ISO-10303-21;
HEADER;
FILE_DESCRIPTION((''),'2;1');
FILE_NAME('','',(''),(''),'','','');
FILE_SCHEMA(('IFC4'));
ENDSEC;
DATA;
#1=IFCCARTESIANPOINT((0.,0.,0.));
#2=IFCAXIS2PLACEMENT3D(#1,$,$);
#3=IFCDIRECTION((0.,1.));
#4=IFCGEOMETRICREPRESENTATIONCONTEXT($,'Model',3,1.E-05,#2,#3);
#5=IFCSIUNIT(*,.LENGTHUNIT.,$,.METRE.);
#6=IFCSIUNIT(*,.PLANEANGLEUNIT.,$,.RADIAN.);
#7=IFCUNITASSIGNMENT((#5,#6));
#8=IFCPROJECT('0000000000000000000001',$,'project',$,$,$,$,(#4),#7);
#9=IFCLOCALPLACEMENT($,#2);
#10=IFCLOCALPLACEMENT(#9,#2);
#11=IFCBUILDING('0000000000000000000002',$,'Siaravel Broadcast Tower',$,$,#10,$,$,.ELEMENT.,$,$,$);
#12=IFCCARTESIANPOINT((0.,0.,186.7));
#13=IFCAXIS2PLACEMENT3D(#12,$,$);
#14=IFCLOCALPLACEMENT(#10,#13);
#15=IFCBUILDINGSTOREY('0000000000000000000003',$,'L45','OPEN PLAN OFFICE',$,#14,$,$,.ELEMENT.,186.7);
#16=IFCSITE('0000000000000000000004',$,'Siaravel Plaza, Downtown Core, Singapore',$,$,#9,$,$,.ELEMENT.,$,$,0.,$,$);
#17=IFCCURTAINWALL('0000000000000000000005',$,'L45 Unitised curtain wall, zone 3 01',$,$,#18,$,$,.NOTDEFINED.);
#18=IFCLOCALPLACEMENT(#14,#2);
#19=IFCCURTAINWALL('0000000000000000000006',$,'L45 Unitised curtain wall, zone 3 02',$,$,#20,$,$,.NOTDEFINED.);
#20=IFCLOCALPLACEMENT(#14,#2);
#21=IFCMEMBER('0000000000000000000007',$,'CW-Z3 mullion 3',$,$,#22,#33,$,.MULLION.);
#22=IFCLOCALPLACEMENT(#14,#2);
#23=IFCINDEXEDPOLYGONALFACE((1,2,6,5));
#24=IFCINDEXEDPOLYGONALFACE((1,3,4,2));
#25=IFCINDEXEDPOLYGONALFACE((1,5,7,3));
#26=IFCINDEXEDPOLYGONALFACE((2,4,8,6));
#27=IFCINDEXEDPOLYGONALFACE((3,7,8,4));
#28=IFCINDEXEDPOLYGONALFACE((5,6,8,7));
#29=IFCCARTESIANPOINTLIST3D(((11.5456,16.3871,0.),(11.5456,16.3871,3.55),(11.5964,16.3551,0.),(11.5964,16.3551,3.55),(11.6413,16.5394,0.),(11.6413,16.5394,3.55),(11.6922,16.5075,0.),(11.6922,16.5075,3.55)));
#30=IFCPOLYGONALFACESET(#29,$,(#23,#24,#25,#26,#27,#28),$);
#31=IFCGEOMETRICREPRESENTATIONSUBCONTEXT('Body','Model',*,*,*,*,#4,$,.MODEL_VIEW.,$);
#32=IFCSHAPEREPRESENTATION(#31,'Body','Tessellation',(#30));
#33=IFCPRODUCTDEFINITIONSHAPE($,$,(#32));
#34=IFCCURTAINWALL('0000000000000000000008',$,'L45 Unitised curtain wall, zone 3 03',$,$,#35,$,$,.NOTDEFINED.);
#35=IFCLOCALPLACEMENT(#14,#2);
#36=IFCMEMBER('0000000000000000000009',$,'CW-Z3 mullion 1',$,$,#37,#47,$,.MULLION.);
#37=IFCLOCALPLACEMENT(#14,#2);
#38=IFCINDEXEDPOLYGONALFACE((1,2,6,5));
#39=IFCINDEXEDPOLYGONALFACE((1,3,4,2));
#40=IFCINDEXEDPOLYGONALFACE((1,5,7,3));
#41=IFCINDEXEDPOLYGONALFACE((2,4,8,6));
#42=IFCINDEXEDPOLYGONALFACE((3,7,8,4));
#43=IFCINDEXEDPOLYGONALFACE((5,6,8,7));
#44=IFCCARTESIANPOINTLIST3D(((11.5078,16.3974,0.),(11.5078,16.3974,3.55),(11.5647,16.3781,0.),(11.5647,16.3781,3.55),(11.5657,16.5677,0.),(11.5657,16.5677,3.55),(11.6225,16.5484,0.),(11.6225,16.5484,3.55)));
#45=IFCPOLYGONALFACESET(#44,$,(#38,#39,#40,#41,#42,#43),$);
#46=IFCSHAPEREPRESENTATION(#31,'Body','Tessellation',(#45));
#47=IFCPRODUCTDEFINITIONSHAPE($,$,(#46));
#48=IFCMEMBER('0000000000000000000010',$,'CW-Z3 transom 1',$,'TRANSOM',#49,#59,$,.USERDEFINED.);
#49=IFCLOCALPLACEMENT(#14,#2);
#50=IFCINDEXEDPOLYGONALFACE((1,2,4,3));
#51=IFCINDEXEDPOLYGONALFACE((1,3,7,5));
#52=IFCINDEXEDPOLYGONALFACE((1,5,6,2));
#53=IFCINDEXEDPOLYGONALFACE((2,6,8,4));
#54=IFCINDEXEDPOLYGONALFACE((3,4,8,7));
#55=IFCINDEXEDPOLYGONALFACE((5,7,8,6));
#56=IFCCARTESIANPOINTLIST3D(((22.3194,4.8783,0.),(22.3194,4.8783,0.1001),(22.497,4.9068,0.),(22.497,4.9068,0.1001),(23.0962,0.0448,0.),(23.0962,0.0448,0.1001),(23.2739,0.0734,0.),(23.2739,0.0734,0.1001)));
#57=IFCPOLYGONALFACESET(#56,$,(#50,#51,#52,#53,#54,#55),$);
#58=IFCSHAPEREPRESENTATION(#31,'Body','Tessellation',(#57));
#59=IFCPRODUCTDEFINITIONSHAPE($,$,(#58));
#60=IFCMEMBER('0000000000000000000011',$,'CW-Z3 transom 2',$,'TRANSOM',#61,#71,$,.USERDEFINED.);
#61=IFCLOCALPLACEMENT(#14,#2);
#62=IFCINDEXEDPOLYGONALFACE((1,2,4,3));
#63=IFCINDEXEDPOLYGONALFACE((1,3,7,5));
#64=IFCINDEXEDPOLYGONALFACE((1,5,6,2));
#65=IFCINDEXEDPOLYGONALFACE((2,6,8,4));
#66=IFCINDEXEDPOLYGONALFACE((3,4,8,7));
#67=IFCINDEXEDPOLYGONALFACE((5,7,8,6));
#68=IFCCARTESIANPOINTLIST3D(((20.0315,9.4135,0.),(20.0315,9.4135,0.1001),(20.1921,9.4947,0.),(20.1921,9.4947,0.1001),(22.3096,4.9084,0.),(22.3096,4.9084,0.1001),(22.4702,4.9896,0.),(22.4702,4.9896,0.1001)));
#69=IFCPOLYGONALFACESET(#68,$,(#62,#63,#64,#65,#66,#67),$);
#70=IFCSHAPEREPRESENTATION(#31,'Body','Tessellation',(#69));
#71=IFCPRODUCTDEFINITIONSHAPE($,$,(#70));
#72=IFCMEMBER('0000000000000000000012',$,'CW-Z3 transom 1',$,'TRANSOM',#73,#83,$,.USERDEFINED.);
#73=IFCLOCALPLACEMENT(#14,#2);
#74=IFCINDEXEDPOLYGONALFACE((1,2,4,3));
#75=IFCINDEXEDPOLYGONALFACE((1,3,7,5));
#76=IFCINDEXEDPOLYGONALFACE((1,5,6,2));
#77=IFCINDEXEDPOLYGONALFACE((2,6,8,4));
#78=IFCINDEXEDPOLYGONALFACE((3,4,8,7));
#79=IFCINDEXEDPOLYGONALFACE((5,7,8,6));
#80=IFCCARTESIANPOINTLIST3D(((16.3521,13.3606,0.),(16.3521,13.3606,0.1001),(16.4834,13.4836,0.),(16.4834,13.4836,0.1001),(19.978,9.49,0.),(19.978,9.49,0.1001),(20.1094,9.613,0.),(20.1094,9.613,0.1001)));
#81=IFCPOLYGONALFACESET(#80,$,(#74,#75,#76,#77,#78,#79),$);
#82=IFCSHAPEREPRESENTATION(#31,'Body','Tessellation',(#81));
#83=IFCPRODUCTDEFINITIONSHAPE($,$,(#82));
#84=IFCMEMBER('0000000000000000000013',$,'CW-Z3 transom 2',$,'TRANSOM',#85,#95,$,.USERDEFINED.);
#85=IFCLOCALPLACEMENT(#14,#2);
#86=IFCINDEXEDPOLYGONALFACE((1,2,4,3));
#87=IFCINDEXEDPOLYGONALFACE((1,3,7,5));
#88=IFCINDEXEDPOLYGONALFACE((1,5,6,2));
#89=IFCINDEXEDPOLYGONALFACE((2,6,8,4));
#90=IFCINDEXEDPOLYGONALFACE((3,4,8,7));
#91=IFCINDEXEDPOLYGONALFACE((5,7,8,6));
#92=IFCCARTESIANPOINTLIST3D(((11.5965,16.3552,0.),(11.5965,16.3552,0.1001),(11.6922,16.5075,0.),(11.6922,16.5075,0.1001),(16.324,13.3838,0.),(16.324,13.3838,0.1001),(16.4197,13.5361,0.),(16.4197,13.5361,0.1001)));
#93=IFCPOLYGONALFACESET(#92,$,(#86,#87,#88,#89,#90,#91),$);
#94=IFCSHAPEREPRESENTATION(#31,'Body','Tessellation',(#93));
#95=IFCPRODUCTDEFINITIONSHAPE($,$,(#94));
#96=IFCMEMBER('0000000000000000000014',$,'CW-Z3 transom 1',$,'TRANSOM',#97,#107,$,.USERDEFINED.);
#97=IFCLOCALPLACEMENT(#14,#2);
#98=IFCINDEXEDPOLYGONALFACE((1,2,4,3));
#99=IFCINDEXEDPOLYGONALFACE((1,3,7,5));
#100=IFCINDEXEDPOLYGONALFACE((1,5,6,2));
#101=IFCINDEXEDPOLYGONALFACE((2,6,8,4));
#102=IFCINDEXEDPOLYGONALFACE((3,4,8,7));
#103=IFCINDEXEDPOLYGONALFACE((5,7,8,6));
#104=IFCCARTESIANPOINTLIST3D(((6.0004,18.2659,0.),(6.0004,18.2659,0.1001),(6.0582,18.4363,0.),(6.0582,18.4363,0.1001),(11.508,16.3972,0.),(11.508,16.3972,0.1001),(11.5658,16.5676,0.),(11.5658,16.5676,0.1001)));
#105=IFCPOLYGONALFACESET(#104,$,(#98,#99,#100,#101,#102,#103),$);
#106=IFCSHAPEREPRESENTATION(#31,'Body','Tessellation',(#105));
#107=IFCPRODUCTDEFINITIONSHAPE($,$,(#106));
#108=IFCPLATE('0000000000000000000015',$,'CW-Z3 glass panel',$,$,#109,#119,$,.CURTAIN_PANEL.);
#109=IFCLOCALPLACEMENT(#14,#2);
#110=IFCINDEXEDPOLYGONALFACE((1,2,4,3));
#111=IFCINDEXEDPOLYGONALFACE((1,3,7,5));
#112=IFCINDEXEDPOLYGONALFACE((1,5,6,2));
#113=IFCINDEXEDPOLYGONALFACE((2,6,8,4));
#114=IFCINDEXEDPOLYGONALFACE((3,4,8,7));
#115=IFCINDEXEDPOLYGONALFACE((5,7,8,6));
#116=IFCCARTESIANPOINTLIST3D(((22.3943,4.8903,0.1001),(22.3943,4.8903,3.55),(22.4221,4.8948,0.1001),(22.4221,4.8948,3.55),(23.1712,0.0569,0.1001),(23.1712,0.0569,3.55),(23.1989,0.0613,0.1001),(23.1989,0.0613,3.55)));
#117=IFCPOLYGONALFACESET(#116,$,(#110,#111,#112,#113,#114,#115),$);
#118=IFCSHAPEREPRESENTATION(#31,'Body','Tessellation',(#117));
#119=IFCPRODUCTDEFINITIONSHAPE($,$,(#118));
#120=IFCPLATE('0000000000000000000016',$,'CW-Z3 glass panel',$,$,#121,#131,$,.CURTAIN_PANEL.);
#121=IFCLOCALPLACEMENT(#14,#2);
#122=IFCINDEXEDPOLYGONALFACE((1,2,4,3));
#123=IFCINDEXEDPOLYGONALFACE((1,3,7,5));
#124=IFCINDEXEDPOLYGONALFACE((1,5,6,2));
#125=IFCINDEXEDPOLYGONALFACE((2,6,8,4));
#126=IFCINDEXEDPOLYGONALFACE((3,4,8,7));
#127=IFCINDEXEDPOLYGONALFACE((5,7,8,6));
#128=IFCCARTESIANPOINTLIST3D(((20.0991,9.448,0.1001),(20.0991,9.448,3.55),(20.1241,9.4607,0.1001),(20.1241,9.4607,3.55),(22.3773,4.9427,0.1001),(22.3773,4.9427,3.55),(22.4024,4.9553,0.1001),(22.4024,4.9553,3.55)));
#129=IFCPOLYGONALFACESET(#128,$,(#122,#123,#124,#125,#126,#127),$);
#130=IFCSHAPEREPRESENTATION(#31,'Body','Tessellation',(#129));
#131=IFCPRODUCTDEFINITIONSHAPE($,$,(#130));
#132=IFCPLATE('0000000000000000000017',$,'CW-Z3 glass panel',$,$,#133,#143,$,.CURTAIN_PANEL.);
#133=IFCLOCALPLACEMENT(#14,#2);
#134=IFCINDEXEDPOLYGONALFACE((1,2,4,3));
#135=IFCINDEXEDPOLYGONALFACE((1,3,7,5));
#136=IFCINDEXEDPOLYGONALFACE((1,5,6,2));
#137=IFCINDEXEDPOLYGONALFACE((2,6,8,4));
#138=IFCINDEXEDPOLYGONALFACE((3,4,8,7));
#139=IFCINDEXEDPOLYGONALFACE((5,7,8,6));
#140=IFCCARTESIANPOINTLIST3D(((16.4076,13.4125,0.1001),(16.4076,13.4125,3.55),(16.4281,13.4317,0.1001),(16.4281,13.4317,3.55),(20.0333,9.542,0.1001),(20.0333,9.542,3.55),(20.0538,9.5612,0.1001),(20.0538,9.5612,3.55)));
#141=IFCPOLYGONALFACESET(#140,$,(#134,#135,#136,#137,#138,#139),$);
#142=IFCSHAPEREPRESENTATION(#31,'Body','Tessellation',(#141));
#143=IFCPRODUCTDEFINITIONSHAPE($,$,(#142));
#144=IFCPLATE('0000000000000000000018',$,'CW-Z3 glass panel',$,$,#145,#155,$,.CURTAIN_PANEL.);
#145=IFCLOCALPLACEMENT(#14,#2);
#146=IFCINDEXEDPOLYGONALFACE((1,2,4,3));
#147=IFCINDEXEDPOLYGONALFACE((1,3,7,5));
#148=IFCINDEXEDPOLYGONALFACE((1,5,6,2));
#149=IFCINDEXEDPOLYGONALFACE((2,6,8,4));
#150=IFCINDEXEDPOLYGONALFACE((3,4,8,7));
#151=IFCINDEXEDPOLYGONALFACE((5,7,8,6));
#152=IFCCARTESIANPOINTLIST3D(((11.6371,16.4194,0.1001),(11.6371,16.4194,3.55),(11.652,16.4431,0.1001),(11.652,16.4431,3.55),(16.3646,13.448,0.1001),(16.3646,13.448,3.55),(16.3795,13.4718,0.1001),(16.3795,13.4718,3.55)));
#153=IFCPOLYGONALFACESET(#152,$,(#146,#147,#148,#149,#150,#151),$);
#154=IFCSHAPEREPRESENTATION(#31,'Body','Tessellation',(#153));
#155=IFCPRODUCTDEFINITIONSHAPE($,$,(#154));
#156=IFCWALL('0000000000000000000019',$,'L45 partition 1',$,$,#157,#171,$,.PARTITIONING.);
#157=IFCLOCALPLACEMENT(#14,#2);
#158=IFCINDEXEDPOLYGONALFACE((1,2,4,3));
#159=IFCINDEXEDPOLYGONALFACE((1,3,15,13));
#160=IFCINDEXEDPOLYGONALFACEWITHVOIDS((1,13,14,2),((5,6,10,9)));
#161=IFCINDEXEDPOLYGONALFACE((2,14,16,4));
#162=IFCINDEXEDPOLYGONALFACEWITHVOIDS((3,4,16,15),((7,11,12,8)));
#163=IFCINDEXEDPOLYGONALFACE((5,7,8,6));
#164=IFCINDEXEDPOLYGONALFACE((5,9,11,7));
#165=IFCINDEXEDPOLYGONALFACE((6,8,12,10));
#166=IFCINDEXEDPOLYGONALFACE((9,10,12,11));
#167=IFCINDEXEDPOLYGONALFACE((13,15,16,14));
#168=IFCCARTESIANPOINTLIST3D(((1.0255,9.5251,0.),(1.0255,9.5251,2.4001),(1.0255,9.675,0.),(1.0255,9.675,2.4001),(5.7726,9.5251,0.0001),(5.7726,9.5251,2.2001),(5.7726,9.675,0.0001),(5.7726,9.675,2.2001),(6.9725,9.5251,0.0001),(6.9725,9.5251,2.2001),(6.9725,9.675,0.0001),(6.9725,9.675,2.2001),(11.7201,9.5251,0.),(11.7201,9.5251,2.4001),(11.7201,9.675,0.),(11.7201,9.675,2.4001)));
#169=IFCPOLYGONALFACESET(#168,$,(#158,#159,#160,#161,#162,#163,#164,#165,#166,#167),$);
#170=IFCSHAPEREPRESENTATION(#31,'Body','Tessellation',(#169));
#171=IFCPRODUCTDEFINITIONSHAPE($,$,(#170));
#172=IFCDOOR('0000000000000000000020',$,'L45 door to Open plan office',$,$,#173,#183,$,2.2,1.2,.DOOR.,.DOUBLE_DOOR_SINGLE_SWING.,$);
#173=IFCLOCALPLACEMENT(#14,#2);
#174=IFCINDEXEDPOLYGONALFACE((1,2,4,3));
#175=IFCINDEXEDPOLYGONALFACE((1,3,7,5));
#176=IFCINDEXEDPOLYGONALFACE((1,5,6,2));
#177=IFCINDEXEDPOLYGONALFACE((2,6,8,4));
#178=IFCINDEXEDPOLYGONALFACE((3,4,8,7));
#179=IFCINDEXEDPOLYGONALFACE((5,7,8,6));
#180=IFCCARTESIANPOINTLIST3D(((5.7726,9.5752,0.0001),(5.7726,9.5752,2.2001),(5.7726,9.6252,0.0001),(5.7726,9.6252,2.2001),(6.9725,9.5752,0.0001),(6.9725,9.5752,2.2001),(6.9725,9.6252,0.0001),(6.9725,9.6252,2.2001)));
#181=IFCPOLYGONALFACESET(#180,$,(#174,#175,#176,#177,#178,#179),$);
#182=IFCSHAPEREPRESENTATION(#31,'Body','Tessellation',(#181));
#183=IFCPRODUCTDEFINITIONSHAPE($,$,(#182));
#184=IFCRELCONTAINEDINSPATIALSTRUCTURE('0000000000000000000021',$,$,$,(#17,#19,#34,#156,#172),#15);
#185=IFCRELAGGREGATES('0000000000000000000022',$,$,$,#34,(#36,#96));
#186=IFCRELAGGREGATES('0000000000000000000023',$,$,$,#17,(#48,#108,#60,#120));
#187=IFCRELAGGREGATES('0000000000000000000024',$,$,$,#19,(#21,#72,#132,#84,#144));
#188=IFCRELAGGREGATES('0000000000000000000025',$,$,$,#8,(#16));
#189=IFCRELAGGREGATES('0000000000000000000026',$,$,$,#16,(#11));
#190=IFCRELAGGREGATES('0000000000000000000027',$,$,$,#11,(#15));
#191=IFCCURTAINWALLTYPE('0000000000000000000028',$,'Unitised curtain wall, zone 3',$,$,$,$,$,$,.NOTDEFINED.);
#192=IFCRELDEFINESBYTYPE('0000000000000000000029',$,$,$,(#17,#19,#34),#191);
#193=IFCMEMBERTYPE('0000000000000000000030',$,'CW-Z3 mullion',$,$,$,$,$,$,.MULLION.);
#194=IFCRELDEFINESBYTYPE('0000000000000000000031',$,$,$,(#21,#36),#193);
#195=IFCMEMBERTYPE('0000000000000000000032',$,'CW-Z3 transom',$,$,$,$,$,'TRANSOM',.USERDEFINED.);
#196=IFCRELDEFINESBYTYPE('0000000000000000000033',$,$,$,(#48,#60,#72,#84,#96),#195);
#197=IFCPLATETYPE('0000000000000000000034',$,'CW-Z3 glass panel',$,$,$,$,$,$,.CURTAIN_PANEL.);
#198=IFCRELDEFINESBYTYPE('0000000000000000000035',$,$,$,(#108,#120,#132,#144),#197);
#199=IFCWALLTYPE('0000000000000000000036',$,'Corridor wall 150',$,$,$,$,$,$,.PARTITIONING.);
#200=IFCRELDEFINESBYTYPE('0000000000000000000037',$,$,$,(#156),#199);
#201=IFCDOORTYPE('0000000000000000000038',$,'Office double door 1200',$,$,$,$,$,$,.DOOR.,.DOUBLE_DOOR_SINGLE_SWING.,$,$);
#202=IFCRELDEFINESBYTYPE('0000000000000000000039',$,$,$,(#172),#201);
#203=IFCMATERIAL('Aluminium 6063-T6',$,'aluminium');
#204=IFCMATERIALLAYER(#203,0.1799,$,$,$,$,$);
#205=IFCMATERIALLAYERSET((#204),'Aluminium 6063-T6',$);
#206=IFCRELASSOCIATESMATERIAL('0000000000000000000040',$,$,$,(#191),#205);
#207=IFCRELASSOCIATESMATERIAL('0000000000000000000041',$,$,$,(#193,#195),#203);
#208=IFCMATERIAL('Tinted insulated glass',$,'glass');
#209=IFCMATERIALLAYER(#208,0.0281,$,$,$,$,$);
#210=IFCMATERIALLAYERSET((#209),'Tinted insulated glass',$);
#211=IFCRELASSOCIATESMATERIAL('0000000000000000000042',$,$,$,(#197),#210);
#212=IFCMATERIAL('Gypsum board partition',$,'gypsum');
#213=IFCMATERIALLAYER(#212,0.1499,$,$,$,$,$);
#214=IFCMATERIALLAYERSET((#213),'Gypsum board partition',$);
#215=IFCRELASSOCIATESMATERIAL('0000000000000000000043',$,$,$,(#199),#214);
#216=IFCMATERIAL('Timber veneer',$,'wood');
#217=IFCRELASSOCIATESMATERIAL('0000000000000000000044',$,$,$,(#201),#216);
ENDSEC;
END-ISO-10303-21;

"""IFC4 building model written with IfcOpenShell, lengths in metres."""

from ifc_helpers import new_model, si_unit, direction, frame, frame_2d, origin, origin_2d, place, context, subcontext, project, spatial, rectangle, extrude, material, layer, layer_set, material_profile, profile_set, type_object, element, fill, aggregate, save


model = new_model("IFC4")

# Units and contexts
model_context = context("Model", 3, precision=1e-05, world=origin(), true_north=direction((0.0, 1.0)))
body_context = subcontext(model_context, "Body", "Model", "MODEL_VIEW")
ifc_project = project(units=[si_unit("LENGTHUNIT", "METRE"), si_unit("PLANEANGLEUNIT", "RADIAN")], contexts=[model_context])

# Site, building, storey
site_placement = place(None, origin())
site = spatial("IfcSite", under=ifc_project, at=site_placement, Name="Siaravel Plaza, Downtown Core, Singapore", CompositionType="ELEMENT", RefElevation=0.0)
building_placement = place(site_placement, origin())
building = spatial("IfcBuilding", under=site, at=building_placement, Name="Siaravel Broadcast Tower", CompositionType="ELEMENT")
storey_placement = place(building_placement, frame((0.0, 0.0, 186.7)))
storey = spatial("IfcBuildingStorey", under=building, at=storey_placement, Name="L45", Description="OPEN PLAN OFFICE", CompositionType="ELEMENT", Elevation=186.7)

# Curtain walls, member
ifc_material_1 = material(Name="Aluminium 6063-T6", Category="aluminium")
ifc_layer_1 = layer(ifc_material_1, 0.1799)
ifc_layer_set_1 = layer_set([ifc_layer_1], Name="Aluminium 6063-T6")
curtain_wall_type = type_object("IfcCurtainWallType", Name="Unitised curtain wall, zone 3", PredefinedType="NOTDEFINED", material=ifc_layer_set_1)
curtain_wall_1_placement = place(storey_placement, origin())
curtain_wall_1 = element("IfcCurtainWall", 1, at=curtain_wall_1_placement, inside=storey, type_object=curtain_wall_type, Name="L45 Unitised curtain wall, zone 3 01", PredefinedType="NOTDEFINED")
ifc_material_profile_1 = material_profile(ifc_material_1, rectangle(XDim=0.1799, YDim=0.0601, at=origin_2d()))
ifc_profile_set_1 = profile_set([ifc_material_profile_1], Name="Aluminium 6063-T6")
member_type_1 = type_object("IfcMemberType", Name="CW-Z3 mullion", PredefinedType="MULLION", material=ifc_profile_set_1)
curtain_wall_2_placement = place(storey_placement, origin())
curtain_wall_2 = element("IfcCurtainWall", 2, at=curtain_wall_2_placement, inside=storey, type_object=curtain_wall_type, Name="L45 Unitised curtain wall, zone 3 02", PredefinedType="NOTDEFINED")
member_1_placement = place(storey_placement, frame((11.6189, 16.4473, 0.0), z_axis=(0.0, 0.0, 1.0), x_axis=(-0.532149, -0.846651, 0.0)))
member_1 = element("IfcMember", 3, at=member_1_placement, type_object=member_type_1, Name="CW-Z3 mullion 3", PredefinedType="MULLION", context=body_context, shape_type="SweptSolid", body=[
    extrude(rectangle(XDim=0.1799, YDim=0.0601, at=origin_2d()), origin(), (0.0, 0.0, 1.0), 3.55),
])

# Curtain wall, member
curtain_wall_3_placement = place(storey_placement, origin())
curtain_wall_3 = element("IfcCurtainWall", 4, at=curtain_wall_3_placement, inside=storey, type_object=curtain_wall_type, Name="L45 Unitised curtain wall, zone 3 03", PredefinedType="NOTDEFINED")
member_2_placement = place(storey_placement, frame((11.5652, 16.4729, 0.0), z_axis=(0.0, 0.0, 1.0), x_axis=(-0.3213, -0.946977, 0.0)))
member_2 = element("IfcMember", 5, at=member_2_placement, type_object=member_type_1, Name="CW-Z3 mullion 1", PredefinedType="MULLION", context=body_context, shape_type="SweptSolid", body=[
    extrude(rectangle(XDim=0.1799, YDim=0.0601, at=origin_2d()), origin(), (0.0, 0.0, 1.0), 3.55),
])

# Members
ifc_material_profile_2 = material_profile(ifc_material_1, rectangle(XDim=0.1799, YDim=0.1001, at=origin_2d()))
ifc_profile_set_2 = profile_set([ifc_material_profile_2], Name="Aluminium 6063-T6")
member_type_2 = type_object("IfcMemberType", Name="CW-Z3 transom", ElementType="TRANSOM", PredefinedType="USERDEFINED", material=ifc_profile_set_2)
member_3_placement = place(storey_placement, frame((23.1851, 0.0591, 0.05), z_axis=(-0.158687, 0.987329, 0.0), x_axis=(-0.987329, -0.158687, 0.0)))
member_3 = element("IfcMember", 6, at=member_3_placement, type_object=member_type_2, Name="CW-Z3 transom 1", ObjectType="TRANSOM", PredefinedType="USERDEFINED", context=body_context, shape_type="SweptSolid", body=[
    extrude(rectangle(XDim=0.1799, YDim=0.1001, at=origin_2d()), origin(), (0.0, 0.0, 1.0), 4.8955),
])
member_4_placement = place(storey_placement, frame((22.3899, 4.949, 0.05), z_axis=(-0.451252, 0.892397, 0.0), x_axis=(-0.892397, -0.451252, 0.0)))
member_4 = element("IfcMember", 7, at=member_4_placement, type_object=member_type_2, Name="CW-Z3 transom 2", ObjectType="TRANSOM", PredefinedType="USERDEFINED", context=body_context, shape_type="SweptSolid", body=[
    extrude(rectangle(XDim=0.1799, YDim=0.1001, at=origin_2d()), origin(), (0.0, 0.0, 1.0), 5.0483),
])
member_5_placement = place(storey_placement, frame((20.0437, 9.5515, 0.05), z_axis=(-0.683669, 0.729793, 0.0), x_axis=(-0.729793, -0.683669, 0.0)))
member_5 = element("IfcMember", 8, at=member_5_placement, type_object=member_type_2, Name="CW-Z3 transom 1", ObjectType="TRANSOM", PredefinedType="USERDEFINED", context=body_context, shape_type="SweptSolid", body=[
    extrude(rectangle(XDim=0.1799, YDim=0.1001, at=origin_2d()), origin(), (0.0, 0.0, 1.0), 5.3037),
])
member_6_placement = place(storey_placement, frame((16.3718, 13.46, 0.05), z_axis=(-0.846649, 0.532151, 0.0), x_axis=(-0.532151, -0.846649, 0.0)))
member_6 = element("IfcMember", 9, at=member_6_placement, type_object=member_type_2, Name="CW-Z3 transom 2", ObjectType="TRANSOM", PredefinedType="USERDEFINED", context=body_context, shape_type="SweptSolid", body=[
    extrude(rectangle(XDim=0.1799, YDim=0.1001, at=origin_2d()), origin(), (0.0, 0.0, 1.0), 5.5837),
])
member_7_placement = place(storey_placement, frame((11.5369, 16.4824, 0.05), z_axis=(-0.946978, 0.321298, 0.0), x_axis=(-0.321298, -0.946978, 0.0)))
member_7 = element("IfcMember", 10, at=member_7_placement, type_object=member_type_2, Name="CW-Z3 transom 1", ObjectType="TRANSOM", PredefinedType="USERDEFINED", context=body_context, shape_type="SweptSolid", body=[
    extrude(rectangle(XDim=0.1799, YDim=0.1001, at=origin_2d()), origin(), (0.0, 0.0, 1.0), 5.8159),
])
aggregate(curtain_wall_3, [member_2, member_7])

# Plates
ifc_material_2 = material(Name="Tinted insulated glass", Category="glass")
ifc_layer_2 = layer(ifc_material_2, 0.0281)
ifc_layer_set_2 = layer_set([ifc_layer_2], Name="Tinted insulated glass")
plate_type = type_object("IfcPlateType", Name="CW-Z3 glass panel", PredefinedType="CURTAIN_PANEL", material=ifc_layer_set_2)
plate_1_placement = place(storey_placement, frame((22.7966, 2.4758, 0.1001), z_axis=(0.0, 0.0, 1.0), x_axis=(-0.158686, 0.987329, 0.0)))
plate_1 = element("IfcPlate", 11, at=plate_1_placement, type_object=plate_type, Name="CW-Z3 glass panel", PredefinedType="CURTAIN_PANEL", context=body_context, shape_type="SweptSolid", body=[
    extrude(rectangle(XDim=4.8955, YDim=0.0281, at=origin_2d()), origin(), (0.0, 0.0, 1.0), 3.45),
])
plate_2_placement = place(storey_placement, frame((21.2507, 7.2017, 0.1001), z_axis=(0.0, 0.0, 1.0), x_axis=(-0.451261, 0.892392, 0.0)))
plate_2 = element("IfcPlate", 12, at=plate_2_placement, type_object=plate_type, Name="CW-Z3 glass panel", PredefinedType="CURTAIN_PANEL", context=body_context, shape_type="SweptSolid", body=[
    extrude(rectangle(XDim=5.0486, YDim=0.0281, at=origin_2d()), origin(), (0.0, 0.0, 1.0), 3.45),
])
aggregate(curtain_wall_1, [member_3, plate_1, member_4, plate_2])
plate_3_placement = place(storey_placement, frame((18.2307, 11.4868, 0.1001), z_axis=(0.0, 0.0, 1.0), x_axis=(-0.683655, 0.729805, 0.0)))
plate_3 = element("IfcPlate", 13, at=plate_3_placement, type_object=plate_type, Name="CW-Z3 glass panel", PredefinedType="CURTAIN_PANEL", context=body_context, shape_type="SweptSolid", body=[
    extrude(rectangle(XDim=5.3035, YDim=0.0281, at=origin_2d()), origin(), (0.0, 0.0, 1.0), 3.45),
])
plate_4_placement = place(storey_placement, frame((14.0083, 14.9456, 0.1001), z_axis=(0.0, 0.0, 1.0), x_axis=(-0.846651, 0.532149, 0.0)))
plate_4 = element("IfcPlate", 14, at=plate_4_placement, type_object=plate_type, Name="CW-Z3 glass panel", PredefinedType="CURTAIN_PANEL", context=body_context, shape_type="SweptSolid", body=[
    extrude(rectangle(XDim=5.5837, YDim=0.0281, at=origin_2d()), origin(), (0.0, 0.0, 1.0), 3.45),
])
aggregate(curtain_wall_2, [member_1, member_5, plate_3, member_6, plate_4])

# Wall, opening, door
ifc_material_3 = material(Name="Gypsum board partition", Category="gypsum")
ifc_layer_3 = layer(ifc_material_3, 0.1499)
ifc_layer_set_3 = layer_set([ifc_layer_3], Name="Gypsum board partition")
wall_type_1 = type_object("IfcWallType", Name="Corridor wall 150", PredefinedType="PARTITIONING", material=ifc_layer_set_3)
wall_1_placement = place(storey_placement, frame((11.72, 9.6001, 0.0), z_axis=(0.0, 0.0, 1.0), x_axis=(-1.0, 0.0, 0.0)))
wall_1 = element("IfcWall", 15, at=wall_1_placement, inside=storey, type_object=wall_type_1, Name="L45 partition 1", PredefinedType="PARTITIONING", context=body_context, shape_type="SweptSolid", body=[
    extrude(rectangle(XDim=10.6946, YDim=0.1499, at=frame_2d((5.3472, 0.0))), origin(), (0.0, 0.0, 1.0), 2.4001),
])
opening_1_placement = place(wall_1_placement, frame((4.7473, 0.0, 0.0)))
opening_1 = element("IfcOpeningElement", 16, at=opening_1_placement, cuts=wall_1, PredefinedType="OPENING", context=body_context, shape_type="SweptSolid", body=[
    extrude(rectangle(XDim=1.2, YDim=2.2, at=frame_2d((0.6001, 1.1001))), frame((0.0, 0.085, 0.0), z_axis=(0.0, -1.0, 0.0), x_axis=(1.0, 0.0, 0.0)), (0.0, 0.0, 1.0), 0.1699),
])
ifc_material_4 = material(Name="Timber veneer", Category="wood")
door_type_1 = type_object("IfcDoorType", Name="Office double door 1200", OperationType="DOUBLE_DOOR_SINGLE_SWING", PredefinedType="DOOR", material=ifc_material_4)
door_1_placement = place(opening_1_placement, origin())
door_1 = element("IfcDoor", 17, at=door_1_placement, inside=storey, type_object=door_type_1, Name="L45 door to Open plan office", OperationType="DOUBLE_DOOR_SINGLE_SWING", OverallHeight=2.2, OverallWidth=1.2, PredefinedType="DOOR", context=body_context, shape_type="SweptSolid", body=[
    extrude(rectangle(XDim=1.2, YDim=2.2, at=frame_2d((0.6001, 1.1001))), frame((0.0, 0.0249, 0.0), z_axis=(0.0, -1.0, 0.0), x_axis=(1.0, 0.0, 0.0)), (0.0, 0.0, 1.0), 0.05),
])
fill(opening_1, door_1)

save(model, "model.ifc")
